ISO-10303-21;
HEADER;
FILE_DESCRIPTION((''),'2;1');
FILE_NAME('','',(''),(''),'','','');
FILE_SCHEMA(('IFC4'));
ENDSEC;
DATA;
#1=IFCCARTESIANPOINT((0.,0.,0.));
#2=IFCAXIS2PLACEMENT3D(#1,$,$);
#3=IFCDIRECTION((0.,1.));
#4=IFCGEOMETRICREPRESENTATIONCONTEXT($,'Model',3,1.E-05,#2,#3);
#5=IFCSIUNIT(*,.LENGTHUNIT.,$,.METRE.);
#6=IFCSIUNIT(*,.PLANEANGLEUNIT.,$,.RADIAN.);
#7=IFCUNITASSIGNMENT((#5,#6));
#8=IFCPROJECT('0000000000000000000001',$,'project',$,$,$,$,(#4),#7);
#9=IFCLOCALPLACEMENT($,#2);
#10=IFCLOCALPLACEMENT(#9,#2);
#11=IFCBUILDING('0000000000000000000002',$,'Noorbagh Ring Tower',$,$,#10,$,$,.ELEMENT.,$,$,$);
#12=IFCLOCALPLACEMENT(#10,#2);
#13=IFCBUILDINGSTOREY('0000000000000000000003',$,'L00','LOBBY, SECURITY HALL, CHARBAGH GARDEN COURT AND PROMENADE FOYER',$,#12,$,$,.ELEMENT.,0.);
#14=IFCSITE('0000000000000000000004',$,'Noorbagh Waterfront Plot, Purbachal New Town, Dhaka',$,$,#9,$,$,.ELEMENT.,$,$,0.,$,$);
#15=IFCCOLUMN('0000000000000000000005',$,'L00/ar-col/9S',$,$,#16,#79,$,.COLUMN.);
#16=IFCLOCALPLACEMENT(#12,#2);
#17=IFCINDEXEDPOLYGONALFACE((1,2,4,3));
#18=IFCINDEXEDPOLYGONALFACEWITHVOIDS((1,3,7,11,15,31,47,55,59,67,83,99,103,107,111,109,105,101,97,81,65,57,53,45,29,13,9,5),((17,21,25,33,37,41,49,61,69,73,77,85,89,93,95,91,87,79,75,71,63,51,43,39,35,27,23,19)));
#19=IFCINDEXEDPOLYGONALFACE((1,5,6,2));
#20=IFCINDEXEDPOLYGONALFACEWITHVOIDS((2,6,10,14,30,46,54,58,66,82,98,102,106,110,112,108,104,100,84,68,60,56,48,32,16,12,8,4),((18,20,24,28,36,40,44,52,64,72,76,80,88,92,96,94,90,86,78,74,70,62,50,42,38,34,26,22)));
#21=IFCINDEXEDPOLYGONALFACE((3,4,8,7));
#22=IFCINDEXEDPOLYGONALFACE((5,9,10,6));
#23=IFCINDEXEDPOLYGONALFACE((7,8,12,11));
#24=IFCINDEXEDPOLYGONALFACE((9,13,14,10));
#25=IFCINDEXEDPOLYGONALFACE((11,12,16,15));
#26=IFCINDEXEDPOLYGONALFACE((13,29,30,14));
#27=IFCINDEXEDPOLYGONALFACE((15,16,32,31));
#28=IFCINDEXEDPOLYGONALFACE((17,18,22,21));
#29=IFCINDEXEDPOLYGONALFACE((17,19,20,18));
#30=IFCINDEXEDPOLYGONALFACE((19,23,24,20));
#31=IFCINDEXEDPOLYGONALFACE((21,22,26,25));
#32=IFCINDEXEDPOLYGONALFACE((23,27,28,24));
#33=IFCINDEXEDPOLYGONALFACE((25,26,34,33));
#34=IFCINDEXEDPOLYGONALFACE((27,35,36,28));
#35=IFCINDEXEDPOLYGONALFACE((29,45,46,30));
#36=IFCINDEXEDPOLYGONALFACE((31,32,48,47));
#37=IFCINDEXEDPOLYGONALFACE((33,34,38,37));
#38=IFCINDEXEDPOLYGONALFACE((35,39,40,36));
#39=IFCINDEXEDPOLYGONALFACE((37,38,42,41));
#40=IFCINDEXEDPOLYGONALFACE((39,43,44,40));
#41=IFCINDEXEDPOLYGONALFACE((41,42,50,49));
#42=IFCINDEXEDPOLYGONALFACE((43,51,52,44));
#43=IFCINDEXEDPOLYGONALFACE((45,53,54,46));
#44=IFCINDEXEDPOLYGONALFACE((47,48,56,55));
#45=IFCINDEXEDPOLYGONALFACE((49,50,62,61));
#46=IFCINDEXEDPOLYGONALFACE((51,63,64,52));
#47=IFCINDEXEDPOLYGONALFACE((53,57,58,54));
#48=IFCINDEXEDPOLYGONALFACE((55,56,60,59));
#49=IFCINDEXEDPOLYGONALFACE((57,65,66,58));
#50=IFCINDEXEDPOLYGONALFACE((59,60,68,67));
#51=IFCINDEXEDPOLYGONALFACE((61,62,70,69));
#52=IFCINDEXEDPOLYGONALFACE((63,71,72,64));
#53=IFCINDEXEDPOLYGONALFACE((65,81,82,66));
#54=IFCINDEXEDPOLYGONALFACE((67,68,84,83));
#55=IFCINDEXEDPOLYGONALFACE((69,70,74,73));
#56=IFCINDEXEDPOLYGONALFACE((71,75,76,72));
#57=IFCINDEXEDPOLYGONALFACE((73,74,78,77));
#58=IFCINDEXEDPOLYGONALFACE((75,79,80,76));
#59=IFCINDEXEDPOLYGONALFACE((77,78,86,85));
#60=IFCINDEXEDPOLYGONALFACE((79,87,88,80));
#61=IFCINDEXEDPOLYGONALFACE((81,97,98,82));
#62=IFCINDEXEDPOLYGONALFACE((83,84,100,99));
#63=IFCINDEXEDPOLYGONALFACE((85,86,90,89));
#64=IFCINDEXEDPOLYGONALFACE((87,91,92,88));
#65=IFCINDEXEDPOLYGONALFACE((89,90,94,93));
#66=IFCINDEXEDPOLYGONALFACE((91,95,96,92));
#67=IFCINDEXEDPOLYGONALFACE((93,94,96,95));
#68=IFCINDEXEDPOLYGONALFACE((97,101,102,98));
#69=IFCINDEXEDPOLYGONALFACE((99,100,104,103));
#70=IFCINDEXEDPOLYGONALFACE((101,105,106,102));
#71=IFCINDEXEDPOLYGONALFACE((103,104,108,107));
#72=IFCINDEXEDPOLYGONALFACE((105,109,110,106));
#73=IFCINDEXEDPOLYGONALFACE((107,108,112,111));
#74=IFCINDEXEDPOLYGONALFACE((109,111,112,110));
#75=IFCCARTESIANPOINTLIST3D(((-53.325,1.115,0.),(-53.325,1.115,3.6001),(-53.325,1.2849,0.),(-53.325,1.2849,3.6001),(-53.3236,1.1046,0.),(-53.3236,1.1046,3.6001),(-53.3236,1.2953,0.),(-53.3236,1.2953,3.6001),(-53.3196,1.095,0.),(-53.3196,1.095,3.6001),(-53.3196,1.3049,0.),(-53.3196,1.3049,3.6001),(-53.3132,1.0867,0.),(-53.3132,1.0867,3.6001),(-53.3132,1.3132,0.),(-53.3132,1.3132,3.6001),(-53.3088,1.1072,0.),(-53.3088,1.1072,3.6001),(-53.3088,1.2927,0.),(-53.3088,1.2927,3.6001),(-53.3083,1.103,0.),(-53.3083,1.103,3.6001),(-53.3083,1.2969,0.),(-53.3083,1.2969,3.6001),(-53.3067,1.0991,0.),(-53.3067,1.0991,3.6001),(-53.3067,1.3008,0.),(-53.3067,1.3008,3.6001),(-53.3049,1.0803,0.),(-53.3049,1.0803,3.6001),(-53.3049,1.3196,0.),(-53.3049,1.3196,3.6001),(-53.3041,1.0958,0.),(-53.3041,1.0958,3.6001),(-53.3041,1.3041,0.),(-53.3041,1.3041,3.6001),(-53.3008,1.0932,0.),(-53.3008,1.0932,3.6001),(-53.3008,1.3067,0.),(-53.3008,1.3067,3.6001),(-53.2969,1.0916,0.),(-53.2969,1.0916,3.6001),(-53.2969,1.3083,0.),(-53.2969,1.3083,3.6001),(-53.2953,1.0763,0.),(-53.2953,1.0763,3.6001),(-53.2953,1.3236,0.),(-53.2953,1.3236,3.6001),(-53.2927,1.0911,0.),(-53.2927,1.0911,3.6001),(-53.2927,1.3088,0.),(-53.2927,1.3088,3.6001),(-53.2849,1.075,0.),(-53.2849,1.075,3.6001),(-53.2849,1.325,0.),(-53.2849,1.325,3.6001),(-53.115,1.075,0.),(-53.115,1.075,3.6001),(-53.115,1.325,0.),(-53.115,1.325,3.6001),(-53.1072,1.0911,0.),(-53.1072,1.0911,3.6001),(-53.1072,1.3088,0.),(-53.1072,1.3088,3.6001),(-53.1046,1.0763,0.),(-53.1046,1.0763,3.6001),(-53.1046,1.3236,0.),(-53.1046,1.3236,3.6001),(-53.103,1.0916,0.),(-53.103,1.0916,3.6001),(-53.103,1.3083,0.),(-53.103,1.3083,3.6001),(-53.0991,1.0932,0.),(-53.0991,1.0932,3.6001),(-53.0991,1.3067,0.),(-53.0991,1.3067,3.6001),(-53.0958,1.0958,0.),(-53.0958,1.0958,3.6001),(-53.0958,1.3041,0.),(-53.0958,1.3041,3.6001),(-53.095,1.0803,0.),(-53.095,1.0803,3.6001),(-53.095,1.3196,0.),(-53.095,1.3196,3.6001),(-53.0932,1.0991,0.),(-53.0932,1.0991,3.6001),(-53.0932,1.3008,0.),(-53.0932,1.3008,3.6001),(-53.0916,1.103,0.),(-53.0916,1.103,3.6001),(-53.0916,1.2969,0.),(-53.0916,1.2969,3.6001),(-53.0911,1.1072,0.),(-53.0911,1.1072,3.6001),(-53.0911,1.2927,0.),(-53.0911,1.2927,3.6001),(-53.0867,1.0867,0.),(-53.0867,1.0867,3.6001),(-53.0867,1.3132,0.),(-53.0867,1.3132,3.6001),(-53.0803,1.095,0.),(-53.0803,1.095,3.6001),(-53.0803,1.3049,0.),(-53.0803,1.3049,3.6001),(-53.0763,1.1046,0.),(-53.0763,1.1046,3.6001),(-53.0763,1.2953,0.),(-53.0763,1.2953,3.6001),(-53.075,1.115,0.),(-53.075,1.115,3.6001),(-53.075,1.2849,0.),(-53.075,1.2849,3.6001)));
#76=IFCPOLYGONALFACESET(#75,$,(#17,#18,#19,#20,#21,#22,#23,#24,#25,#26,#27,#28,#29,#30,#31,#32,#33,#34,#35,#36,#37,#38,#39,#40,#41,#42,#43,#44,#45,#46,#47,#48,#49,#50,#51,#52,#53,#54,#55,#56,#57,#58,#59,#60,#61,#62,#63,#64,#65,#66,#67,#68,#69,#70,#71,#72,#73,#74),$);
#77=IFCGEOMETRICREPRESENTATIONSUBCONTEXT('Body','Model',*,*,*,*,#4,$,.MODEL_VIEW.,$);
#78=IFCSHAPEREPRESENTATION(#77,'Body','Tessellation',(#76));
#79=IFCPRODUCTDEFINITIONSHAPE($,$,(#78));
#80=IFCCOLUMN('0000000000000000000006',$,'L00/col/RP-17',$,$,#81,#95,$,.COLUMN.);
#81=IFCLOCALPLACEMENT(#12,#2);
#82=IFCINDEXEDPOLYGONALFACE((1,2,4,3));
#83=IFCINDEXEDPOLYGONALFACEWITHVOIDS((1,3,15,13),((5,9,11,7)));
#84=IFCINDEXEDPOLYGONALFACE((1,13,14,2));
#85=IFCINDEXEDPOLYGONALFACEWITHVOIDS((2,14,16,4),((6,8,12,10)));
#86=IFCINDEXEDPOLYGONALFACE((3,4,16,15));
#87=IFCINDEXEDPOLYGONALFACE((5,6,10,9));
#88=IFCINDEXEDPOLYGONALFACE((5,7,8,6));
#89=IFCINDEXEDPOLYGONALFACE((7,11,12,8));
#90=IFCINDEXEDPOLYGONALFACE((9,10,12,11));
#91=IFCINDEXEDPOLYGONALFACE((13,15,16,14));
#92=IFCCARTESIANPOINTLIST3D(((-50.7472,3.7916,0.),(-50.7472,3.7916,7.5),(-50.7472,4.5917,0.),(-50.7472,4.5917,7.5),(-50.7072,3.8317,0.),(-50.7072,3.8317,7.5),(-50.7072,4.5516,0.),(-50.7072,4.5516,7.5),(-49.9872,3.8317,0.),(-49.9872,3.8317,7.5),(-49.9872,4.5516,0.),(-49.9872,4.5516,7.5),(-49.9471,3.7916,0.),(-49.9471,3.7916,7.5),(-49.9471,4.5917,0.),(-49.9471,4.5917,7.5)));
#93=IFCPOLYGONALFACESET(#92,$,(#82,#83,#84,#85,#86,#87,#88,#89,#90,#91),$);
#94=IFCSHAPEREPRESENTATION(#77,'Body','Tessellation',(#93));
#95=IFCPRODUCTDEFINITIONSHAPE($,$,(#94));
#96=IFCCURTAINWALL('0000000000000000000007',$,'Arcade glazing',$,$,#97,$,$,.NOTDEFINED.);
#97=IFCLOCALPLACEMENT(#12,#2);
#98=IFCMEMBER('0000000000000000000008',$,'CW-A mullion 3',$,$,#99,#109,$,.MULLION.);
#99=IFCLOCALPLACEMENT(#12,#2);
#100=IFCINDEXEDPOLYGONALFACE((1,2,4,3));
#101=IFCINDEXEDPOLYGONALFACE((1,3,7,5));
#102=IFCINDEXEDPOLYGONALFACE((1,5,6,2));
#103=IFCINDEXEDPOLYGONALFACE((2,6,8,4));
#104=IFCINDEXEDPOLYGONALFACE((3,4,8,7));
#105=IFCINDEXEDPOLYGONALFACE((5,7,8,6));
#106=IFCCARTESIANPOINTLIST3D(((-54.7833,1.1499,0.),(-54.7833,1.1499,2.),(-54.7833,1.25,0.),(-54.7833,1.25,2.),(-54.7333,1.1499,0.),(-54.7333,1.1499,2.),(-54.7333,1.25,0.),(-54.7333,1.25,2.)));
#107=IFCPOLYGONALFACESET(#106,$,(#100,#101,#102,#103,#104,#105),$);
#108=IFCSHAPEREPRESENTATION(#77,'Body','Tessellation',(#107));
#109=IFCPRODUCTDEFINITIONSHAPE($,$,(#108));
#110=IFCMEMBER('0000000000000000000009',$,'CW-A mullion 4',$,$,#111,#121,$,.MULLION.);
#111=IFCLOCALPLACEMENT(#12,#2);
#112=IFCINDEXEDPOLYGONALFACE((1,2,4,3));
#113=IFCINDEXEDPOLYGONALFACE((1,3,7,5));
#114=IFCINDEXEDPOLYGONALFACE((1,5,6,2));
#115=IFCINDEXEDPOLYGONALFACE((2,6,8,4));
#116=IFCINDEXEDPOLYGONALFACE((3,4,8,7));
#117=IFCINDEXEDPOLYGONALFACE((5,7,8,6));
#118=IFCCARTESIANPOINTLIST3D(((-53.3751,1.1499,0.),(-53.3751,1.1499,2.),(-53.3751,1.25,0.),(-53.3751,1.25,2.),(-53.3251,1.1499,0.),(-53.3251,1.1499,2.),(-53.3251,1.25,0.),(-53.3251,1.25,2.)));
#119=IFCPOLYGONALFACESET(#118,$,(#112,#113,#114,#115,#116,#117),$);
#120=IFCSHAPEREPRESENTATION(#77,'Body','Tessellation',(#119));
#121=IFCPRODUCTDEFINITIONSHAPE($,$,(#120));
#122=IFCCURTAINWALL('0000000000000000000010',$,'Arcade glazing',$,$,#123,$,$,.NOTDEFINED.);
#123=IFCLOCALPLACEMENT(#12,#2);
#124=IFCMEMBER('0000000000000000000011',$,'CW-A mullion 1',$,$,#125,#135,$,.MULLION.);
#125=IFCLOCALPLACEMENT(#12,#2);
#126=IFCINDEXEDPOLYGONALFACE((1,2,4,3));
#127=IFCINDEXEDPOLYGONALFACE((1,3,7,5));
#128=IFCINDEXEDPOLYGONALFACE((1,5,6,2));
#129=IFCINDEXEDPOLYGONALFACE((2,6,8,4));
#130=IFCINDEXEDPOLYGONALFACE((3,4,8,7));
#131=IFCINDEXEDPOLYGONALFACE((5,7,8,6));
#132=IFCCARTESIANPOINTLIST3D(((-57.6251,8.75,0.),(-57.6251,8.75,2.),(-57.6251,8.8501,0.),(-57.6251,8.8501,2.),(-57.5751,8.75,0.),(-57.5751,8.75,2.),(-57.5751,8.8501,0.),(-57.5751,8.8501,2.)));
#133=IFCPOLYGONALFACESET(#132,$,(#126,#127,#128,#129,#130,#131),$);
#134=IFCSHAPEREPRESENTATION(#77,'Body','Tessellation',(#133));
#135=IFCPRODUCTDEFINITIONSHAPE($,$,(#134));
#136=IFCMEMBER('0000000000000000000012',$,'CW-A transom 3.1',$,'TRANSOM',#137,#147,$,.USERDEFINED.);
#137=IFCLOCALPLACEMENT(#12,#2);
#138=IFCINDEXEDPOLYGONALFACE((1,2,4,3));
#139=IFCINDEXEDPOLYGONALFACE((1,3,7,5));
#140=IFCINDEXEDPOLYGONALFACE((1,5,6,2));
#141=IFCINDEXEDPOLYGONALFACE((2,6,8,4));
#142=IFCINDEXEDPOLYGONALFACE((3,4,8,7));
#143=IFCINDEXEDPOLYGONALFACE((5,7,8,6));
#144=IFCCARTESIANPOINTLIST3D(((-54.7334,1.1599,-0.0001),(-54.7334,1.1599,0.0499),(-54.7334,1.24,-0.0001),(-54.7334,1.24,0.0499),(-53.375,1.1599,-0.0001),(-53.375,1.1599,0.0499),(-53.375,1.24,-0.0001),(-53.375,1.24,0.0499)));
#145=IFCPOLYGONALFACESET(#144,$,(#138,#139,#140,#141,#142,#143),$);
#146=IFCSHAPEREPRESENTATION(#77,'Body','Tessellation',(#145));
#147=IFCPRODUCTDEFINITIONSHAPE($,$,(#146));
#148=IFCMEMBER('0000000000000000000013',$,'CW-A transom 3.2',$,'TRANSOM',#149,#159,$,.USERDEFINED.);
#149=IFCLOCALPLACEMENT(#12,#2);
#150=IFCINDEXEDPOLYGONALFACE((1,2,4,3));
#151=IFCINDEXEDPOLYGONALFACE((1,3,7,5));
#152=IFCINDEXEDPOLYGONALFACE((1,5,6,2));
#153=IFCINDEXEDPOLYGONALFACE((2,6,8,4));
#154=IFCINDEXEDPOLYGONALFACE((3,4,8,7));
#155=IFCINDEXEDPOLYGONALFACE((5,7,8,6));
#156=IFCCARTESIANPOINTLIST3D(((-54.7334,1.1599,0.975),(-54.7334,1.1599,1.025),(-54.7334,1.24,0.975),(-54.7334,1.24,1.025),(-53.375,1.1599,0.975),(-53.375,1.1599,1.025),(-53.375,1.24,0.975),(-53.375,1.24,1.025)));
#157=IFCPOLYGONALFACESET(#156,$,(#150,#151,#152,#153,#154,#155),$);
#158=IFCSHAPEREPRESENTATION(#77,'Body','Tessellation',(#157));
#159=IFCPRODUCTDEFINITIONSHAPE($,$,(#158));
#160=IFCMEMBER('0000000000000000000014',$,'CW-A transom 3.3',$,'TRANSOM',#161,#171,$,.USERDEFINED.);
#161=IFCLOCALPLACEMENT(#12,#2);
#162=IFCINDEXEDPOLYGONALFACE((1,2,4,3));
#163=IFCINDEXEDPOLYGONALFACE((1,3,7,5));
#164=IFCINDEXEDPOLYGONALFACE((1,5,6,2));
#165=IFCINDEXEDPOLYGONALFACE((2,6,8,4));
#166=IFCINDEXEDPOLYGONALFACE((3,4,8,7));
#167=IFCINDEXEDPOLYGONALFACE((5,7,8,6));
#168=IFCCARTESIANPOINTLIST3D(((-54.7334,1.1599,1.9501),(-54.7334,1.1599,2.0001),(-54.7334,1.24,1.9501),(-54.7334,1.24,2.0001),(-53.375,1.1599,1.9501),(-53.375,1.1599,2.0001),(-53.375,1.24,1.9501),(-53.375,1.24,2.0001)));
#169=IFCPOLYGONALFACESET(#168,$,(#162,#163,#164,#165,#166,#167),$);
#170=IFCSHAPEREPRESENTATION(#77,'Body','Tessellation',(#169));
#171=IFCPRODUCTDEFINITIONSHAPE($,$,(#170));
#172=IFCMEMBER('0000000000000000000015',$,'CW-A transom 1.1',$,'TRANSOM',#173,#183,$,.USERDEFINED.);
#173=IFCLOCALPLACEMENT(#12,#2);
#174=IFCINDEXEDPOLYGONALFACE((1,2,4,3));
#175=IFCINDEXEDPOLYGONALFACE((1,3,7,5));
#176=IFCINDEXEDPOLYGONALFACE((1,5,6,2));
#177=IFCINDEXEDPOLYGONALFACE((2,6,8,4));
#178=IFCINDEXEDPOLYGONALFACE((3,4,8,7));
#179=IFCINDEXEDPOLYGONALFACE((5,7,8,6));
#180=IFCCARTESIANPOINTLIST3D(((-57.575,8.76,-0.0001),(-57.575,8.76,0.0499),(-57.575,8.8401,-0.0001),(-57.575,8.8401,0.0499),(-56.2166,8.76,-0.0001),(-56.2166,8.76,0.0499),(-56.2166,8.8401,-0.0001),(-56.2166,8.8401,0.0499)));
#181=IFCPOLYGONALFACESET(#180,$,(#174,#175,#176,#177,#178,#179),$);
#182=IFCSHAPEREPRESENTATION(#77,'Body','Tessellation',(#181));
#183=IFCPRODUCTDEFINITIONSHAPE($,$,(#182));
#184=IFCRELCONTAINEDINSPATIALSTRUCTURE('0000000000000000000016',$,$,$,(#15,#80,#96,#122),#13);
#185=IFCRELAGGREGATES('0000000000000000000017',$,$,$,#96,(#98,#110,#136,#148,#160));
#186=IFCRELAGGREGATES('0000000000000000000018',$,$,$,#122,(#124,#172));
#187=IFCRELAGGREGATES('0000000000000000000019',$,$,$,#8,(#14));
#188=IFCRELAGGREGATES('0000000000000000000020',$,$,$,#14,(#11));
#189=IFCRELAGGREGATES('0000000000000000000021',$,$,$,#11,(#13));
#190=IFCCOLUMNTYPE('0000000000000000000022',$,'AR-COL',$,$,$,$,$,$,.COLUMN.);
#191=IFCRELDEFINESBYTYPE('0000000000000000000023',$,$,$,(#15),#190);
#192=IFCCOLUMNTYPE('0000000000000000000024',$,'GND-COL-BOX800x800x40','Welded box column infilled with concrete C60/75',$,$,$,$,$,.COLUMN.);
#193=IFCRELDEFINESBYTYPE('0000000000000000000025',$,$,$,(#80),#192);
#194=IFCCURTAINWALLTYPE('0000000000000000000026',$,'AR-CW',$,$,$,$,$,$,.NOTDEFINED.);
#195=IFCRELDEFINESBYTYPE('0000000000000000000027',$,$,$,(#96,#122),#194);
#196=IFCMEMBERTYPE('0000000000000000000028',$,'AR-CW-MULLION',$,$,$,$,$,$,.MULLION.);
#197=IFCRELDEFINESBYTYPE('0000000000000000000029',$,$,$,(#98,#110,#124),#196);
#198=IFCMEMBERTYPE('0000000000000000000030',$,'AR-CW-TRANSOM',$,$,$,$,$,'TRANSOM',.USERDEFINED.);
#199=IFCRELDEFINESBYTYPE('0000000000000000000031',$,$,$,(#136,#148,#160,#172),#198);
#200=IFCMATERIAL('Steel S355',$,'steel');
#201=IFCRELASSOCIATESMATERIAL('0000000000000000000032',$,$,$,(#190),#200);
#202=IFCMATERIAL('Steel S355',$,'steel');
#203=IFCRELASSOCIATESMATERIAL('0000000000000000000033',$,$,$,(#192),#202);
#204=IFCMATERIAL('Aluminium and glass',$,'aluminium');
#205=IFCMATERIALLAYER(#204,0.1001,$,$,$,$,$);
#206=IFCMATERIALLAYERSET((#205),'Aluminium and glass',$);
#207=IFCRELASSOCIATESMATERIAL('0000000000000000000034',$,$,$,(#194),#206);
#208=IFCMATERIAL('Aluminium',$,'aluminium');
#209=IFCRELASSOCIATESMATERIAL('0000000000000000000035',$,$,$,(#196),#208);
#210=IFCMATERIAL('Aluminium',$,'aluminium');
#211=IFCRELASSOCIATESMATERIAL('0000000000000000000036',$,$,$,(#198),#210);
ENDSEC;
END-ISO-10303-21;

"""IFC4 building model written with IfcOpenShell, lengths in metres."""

from ifc_helpers import new_model, si_unit, direction, frame, origin, origin_2d, place, context, subcontext, project, spatial, rectangle, hollow_rectangle, extrude, material, layer, layer_set, material_profile, profile_set, type_object, element, aggregate, save


model = new_model("IFC4")

# Units and contexts
model_context = context("Model", 3, precision=1e-05, world=origin(), true_north=direction((0.0, 1.0)))
body_context = subcontext(model_context, "Body", "Model", "MODEL_VIEW")
ifc_project = project(units=[si_unit("LENGTHUNIT", "METRE"), si_unit("PLANEANGLEUNIT", "RADIAN")], contexts=[model_context])

# Site, building, storey
site_placement = place(None, origin())
site = spatial("IfcSite", under=ifc_project, at=site_placement, Name="Noorbagh Waterfront Plot, Purbachal New Town, Dhaka", CompositionType="ELEMENT", RefElevation=0.0)
building_placement = place(site_placement, origin())
building = spatial("IfcBuilding", under=site, at=building_placement, Name="Noorbagh Ring Tower", CompositionType="ELEMENT")
storey_placement = place(building_placement, origin())
storey = spatial("IfcBuildingStorey", under=building, at=storey_placement, Name="L00", Description="LOBBY, SECURITY HALL, CHARBAGH GARDEN COURT AND PROMENADE FOYER", CompositionType="ELEMENT", Elevation=0.0)

# Columns
ifc_material_1 = material(Name="Steel S355", Category="steel")
ifc_material_profile_1 = material_profile(ifc_material_1, hollow_rectangle(XDim=0.25, YDim=0.25, WallThickness=0.0161, InnerFilletRadius=0.0161, OuterFilletRadius=0.04, at=origin_2d()), Name="SHS250x250x16")
ifc_profile_set_1 = profile_set([ifc_material_profile_1], Name="Steel S355")
column_type_1 = type_object("IfcColumnType", Name="AR-COL", PredefinedType="COLUMN", material=ifc_profile_set_1)
for number, where, z_axis, x_axis, name in (
    (1, (-53.2, 1.2, 0.0), (0.0, 0.0, 1.0), (1.0, 0.0, 0.0), "L00/ar-col/9S"),
):
    element("IfcColumn", number, at=place(storey_placement, frame(where, z_axis=z_axis, x_axis=x_axis)), inside=storey, type_object=column_type_1, Name=name, PredefinedType="COLUMN", context=body_context, shape_type="SweptSolid", body=[
        extrude(hollow_rectangle(XDim=0.25, YDim=0.25, WallThickness=0.0161, InnerFilletRadius=0.0161, OuterFilletRadius=0.04, at=origin_2d()), origin(), (0.0, 0.0, 1.0), 3.6001),
    ])
ifc_material_2 = material(Name="Steel S355", Category="steel")
ifc_material_profile_2 = material_profile(ifc_material_2, hollow_rectangle(XDim=0.8, YDim=0.8, WallThickness=0.04, at=origin_2d()), Name="BOX800x800x40")
ifc_profile_set_2 = profile_set([ifc_material_profile_2], Name="Steel S355")
column_type_2 = type_object("IfcColumnType", Name="GND-COL-BOX800x800x40", Description="Welded box column infilled with concrete C60/75", PredefinedType="COLUMN", material=ifc_profile_set_2)
column_placement = place(storey_placement, frame((-50.3472, 4.1917, 0.0), z_axis=(0.0, 0.0, 1.0), x_axis=(1.0, 0.0, 0.0)))
element("IfcColumn", 2, at=column_placement, inside=storey, type_object=column_type_2, Name="L00/col/RP-17", PredefinedType="COLUMN", context=body_context, shape_type="SweptSolid", body=[
    extrude(hollow_rectangle(XDim=0.8, YDim=0.8, WallThickness=0.04, at=origin_2d()), origin(), (0.0, 0.0, 1.0), 7.5),
])

# Curtain wall, members
ifc_material_3 = material(Name="Aluminium and glass", Category="aluminium")
ifc_layer_1 = layer(ifc_material_3, 0.1001)
ifc_layer_set_1 = layer_set([ifc_layer_1], Name="Aluminium and glass")
curtain_wall_type = type_object("IfcCurtainWallType", Name="AR-CW", PredefinedType="NOTDEFINED", material=ifc_layer_set_1)
curtain_wall_1_placement = place(storey_placement, origin())
curtain_wall_1 = element("IfcCurtainWall", 3, at=curtain_wall_1_placement, inside=storey, type_object=curtain_wall_type, Name="Arcade glazing", PredefinedType="NOTDEFINED")
ifc_material_4 = material(Name="Aluminium", Category="aluminium")
ifc_material_profile_3 = material_profile(ifc_material_4, rectangle(XDim=0.1001, YDim=0.05, at=origin_2d()), Name="AL 100x50")
ifc_profile_set_3 = profile_set([ifc_material_profile_3], Name="Aluminium")
member_type_1 = type_object("IfcMemberType", Name="AR-CW-MULLION", PredefinedType="MULLION", material=ifc_profile_set_3)
member_1_placement = place(storey_placement, frame((-54.7583, 1.2, 0.0), z_axis=(0.0, 0.0, 1.0), x_axis=(0.0, 1.0, 0.0)))
member_1 = element("IfcMember", 4, at=member_1_placement, type_object=member_type_1, Name="CW-A mullion 3", PredefinedType="MULLION", context=body_context, shape_type="SweptSolid", body=[
    extrude(rectangle(XDim=0.1001, YDim=0.05, at=origin_2d()), origin(), (0.0, 0.0, 1.0), 2.0),
])
member_2_placement = place(storey_placement, frame((-53.3501, 1.2, 0.0), z_axis=(0.0, 0.0, 1.0), x_axis=(0.0, 1.0, 0.0)))
member_2 = element("IfcMember", 5, at=member_2_placement, type_object=member_type_1, Name="CW-A mullion 4", PredefinedType="MULLION", context=body_context, shape_type="SweptSolid", body=[
    extrude(rectangle(XDim=0.1001, YDim=0.05, at=origin_2d()), origin(), (0.0, 0.0, 1.0), 2.0),
])

# Curtain wall, member
curtain_wall_2_placement = place(storey_placement, origin())
curtain_wall_2 = element("IfcCurtainWall", 6, at=curtain_wall_2_placement, inside=storey, type_object=curtain_wall_type, Name="Arcade glazing", PredefinedType="NOTDEFINED")
member_3_placement = place(storey_placement, frame((-57.6001, 8.8, 0.0), z_axis=(0.0, 0.0, 1.0), x_axis=(0.0, 1.0, 0.0)))
member_3 = element("IfcMember", 7, at=member_3_placement, type_object=member_type_1, Name="CW-A mullion 1", PredefinedType="MULLION", context=body_context, shape_type="SweptSolid", body=[
    extrude(rectangle(XDim=0.1001, YDim=0.05, at=origin_2d()), origin(), (0.0, 0.0, 1.0), 2.0),
])

# Members
ifc_material_5 = material(Name="Aluminium", Category="aluminium")
ifc_material_profile_4 = material_profile(ifc_material_5, rectangle(XDim=0.0801, YDim=0.05, at=origin_2d()), Name="AL 80x50")
ifc_profile_set_4 = profile_set([ifc_material_profile_4], Name="Aluminium")
member_type_2 = type_object("IfcMemberType", Name="AR-CW-TRANSOM", ElementType="TRANSOM", PredefinedType="USERDEFINED", material=ifc_profile_set_4)
member_4_placement = place(storey_placement, frame((-54.7334, 1.2, 0.0249), z_axis=(1.0, 0.0, 0.0), x_axis=(0.0, 1.0, 0.0)))
member_4 = element("IfcMember", 8, at=member_4_placement, type_object=member_type_2, Name="CW-A transom 3.1", ObjectType="TRANSOM", PredefinedType="USERDEFINED", context=body_context, shape_type="SweptSolid", body=[
    extrude(rectangle(XDim=0.0801, YDim=0.05, at=origin_2d()), origin(), (0.0, 0.0, 1.0), 1.3584),
])
member_5_placement = place(storey_placement, frame((-54.7334, 1.2, 1.0), z_axis=(1.0, 0.0, 0.0), x_axis=(0.0, 1.0, 0.0)))
member_5 = element("IfcMember", 9, at=member_5_placement, type_object=member_type_2, Name="CW-A transom 3.2", ObjectType="TRANSOM", PredefinedType="USERDEFINED", context=body_context, shape_type="SweptSolid", body=[
    extrude(rectangle(XDim=0.0801, YDim=0.05, at=origin_2d()), origin(), (0.0, 0.0, 1.0), 1.3584),
])
member_6_placement = place(storey_placement, frame((-54.7334, 1.2, 1.9751), z_axis=(1.0, 0.0, 0.0), x_axis=(0.0, 1.0, 0.0)))
member_6 = element("IfcMember", 10, at=member_6_placement, type_object=member_type_2, Name="CW-A transom 3.3", ObjectType="TRANSOM", PredefinedType="USERDEFINED", context=body_context, shape_type="SweptSolid", body=[
    extrude(rectangle(XDim=0.0801, YDim=0.05, at=origin_2d()), origin(), (0.0, 0.0, 1.0), 1.3584),
])
member_7_placement = place(storey_placement, frame((-57.575, 8.8, 0.0249), z_axis=(1.0, 0.0, 0.0), x_axis=(0.0, 1.0, 0.0)))
member_7 = element("IfcMember", 11, at=member_7_placement, type_object=member_type_2, Name="CW-A transom 1.1", ObjectType="TRANSOM", PredefinedType="USERDEFINED", context=body_context, shape_type="SweptSolid", body=[
    extrude(rectangle(XDim=0.0801, YDim=0.05, at=origin_2d()), origin(), (0.0, 0.0, 1.0), 1.3584),
])

aggregate(curtain_wall_1, [member_1, member_2, member_4, member_5, member_6])
aggregate(curtain_wall_2, [member_3, member_7])

save(model, "model.ifc")
